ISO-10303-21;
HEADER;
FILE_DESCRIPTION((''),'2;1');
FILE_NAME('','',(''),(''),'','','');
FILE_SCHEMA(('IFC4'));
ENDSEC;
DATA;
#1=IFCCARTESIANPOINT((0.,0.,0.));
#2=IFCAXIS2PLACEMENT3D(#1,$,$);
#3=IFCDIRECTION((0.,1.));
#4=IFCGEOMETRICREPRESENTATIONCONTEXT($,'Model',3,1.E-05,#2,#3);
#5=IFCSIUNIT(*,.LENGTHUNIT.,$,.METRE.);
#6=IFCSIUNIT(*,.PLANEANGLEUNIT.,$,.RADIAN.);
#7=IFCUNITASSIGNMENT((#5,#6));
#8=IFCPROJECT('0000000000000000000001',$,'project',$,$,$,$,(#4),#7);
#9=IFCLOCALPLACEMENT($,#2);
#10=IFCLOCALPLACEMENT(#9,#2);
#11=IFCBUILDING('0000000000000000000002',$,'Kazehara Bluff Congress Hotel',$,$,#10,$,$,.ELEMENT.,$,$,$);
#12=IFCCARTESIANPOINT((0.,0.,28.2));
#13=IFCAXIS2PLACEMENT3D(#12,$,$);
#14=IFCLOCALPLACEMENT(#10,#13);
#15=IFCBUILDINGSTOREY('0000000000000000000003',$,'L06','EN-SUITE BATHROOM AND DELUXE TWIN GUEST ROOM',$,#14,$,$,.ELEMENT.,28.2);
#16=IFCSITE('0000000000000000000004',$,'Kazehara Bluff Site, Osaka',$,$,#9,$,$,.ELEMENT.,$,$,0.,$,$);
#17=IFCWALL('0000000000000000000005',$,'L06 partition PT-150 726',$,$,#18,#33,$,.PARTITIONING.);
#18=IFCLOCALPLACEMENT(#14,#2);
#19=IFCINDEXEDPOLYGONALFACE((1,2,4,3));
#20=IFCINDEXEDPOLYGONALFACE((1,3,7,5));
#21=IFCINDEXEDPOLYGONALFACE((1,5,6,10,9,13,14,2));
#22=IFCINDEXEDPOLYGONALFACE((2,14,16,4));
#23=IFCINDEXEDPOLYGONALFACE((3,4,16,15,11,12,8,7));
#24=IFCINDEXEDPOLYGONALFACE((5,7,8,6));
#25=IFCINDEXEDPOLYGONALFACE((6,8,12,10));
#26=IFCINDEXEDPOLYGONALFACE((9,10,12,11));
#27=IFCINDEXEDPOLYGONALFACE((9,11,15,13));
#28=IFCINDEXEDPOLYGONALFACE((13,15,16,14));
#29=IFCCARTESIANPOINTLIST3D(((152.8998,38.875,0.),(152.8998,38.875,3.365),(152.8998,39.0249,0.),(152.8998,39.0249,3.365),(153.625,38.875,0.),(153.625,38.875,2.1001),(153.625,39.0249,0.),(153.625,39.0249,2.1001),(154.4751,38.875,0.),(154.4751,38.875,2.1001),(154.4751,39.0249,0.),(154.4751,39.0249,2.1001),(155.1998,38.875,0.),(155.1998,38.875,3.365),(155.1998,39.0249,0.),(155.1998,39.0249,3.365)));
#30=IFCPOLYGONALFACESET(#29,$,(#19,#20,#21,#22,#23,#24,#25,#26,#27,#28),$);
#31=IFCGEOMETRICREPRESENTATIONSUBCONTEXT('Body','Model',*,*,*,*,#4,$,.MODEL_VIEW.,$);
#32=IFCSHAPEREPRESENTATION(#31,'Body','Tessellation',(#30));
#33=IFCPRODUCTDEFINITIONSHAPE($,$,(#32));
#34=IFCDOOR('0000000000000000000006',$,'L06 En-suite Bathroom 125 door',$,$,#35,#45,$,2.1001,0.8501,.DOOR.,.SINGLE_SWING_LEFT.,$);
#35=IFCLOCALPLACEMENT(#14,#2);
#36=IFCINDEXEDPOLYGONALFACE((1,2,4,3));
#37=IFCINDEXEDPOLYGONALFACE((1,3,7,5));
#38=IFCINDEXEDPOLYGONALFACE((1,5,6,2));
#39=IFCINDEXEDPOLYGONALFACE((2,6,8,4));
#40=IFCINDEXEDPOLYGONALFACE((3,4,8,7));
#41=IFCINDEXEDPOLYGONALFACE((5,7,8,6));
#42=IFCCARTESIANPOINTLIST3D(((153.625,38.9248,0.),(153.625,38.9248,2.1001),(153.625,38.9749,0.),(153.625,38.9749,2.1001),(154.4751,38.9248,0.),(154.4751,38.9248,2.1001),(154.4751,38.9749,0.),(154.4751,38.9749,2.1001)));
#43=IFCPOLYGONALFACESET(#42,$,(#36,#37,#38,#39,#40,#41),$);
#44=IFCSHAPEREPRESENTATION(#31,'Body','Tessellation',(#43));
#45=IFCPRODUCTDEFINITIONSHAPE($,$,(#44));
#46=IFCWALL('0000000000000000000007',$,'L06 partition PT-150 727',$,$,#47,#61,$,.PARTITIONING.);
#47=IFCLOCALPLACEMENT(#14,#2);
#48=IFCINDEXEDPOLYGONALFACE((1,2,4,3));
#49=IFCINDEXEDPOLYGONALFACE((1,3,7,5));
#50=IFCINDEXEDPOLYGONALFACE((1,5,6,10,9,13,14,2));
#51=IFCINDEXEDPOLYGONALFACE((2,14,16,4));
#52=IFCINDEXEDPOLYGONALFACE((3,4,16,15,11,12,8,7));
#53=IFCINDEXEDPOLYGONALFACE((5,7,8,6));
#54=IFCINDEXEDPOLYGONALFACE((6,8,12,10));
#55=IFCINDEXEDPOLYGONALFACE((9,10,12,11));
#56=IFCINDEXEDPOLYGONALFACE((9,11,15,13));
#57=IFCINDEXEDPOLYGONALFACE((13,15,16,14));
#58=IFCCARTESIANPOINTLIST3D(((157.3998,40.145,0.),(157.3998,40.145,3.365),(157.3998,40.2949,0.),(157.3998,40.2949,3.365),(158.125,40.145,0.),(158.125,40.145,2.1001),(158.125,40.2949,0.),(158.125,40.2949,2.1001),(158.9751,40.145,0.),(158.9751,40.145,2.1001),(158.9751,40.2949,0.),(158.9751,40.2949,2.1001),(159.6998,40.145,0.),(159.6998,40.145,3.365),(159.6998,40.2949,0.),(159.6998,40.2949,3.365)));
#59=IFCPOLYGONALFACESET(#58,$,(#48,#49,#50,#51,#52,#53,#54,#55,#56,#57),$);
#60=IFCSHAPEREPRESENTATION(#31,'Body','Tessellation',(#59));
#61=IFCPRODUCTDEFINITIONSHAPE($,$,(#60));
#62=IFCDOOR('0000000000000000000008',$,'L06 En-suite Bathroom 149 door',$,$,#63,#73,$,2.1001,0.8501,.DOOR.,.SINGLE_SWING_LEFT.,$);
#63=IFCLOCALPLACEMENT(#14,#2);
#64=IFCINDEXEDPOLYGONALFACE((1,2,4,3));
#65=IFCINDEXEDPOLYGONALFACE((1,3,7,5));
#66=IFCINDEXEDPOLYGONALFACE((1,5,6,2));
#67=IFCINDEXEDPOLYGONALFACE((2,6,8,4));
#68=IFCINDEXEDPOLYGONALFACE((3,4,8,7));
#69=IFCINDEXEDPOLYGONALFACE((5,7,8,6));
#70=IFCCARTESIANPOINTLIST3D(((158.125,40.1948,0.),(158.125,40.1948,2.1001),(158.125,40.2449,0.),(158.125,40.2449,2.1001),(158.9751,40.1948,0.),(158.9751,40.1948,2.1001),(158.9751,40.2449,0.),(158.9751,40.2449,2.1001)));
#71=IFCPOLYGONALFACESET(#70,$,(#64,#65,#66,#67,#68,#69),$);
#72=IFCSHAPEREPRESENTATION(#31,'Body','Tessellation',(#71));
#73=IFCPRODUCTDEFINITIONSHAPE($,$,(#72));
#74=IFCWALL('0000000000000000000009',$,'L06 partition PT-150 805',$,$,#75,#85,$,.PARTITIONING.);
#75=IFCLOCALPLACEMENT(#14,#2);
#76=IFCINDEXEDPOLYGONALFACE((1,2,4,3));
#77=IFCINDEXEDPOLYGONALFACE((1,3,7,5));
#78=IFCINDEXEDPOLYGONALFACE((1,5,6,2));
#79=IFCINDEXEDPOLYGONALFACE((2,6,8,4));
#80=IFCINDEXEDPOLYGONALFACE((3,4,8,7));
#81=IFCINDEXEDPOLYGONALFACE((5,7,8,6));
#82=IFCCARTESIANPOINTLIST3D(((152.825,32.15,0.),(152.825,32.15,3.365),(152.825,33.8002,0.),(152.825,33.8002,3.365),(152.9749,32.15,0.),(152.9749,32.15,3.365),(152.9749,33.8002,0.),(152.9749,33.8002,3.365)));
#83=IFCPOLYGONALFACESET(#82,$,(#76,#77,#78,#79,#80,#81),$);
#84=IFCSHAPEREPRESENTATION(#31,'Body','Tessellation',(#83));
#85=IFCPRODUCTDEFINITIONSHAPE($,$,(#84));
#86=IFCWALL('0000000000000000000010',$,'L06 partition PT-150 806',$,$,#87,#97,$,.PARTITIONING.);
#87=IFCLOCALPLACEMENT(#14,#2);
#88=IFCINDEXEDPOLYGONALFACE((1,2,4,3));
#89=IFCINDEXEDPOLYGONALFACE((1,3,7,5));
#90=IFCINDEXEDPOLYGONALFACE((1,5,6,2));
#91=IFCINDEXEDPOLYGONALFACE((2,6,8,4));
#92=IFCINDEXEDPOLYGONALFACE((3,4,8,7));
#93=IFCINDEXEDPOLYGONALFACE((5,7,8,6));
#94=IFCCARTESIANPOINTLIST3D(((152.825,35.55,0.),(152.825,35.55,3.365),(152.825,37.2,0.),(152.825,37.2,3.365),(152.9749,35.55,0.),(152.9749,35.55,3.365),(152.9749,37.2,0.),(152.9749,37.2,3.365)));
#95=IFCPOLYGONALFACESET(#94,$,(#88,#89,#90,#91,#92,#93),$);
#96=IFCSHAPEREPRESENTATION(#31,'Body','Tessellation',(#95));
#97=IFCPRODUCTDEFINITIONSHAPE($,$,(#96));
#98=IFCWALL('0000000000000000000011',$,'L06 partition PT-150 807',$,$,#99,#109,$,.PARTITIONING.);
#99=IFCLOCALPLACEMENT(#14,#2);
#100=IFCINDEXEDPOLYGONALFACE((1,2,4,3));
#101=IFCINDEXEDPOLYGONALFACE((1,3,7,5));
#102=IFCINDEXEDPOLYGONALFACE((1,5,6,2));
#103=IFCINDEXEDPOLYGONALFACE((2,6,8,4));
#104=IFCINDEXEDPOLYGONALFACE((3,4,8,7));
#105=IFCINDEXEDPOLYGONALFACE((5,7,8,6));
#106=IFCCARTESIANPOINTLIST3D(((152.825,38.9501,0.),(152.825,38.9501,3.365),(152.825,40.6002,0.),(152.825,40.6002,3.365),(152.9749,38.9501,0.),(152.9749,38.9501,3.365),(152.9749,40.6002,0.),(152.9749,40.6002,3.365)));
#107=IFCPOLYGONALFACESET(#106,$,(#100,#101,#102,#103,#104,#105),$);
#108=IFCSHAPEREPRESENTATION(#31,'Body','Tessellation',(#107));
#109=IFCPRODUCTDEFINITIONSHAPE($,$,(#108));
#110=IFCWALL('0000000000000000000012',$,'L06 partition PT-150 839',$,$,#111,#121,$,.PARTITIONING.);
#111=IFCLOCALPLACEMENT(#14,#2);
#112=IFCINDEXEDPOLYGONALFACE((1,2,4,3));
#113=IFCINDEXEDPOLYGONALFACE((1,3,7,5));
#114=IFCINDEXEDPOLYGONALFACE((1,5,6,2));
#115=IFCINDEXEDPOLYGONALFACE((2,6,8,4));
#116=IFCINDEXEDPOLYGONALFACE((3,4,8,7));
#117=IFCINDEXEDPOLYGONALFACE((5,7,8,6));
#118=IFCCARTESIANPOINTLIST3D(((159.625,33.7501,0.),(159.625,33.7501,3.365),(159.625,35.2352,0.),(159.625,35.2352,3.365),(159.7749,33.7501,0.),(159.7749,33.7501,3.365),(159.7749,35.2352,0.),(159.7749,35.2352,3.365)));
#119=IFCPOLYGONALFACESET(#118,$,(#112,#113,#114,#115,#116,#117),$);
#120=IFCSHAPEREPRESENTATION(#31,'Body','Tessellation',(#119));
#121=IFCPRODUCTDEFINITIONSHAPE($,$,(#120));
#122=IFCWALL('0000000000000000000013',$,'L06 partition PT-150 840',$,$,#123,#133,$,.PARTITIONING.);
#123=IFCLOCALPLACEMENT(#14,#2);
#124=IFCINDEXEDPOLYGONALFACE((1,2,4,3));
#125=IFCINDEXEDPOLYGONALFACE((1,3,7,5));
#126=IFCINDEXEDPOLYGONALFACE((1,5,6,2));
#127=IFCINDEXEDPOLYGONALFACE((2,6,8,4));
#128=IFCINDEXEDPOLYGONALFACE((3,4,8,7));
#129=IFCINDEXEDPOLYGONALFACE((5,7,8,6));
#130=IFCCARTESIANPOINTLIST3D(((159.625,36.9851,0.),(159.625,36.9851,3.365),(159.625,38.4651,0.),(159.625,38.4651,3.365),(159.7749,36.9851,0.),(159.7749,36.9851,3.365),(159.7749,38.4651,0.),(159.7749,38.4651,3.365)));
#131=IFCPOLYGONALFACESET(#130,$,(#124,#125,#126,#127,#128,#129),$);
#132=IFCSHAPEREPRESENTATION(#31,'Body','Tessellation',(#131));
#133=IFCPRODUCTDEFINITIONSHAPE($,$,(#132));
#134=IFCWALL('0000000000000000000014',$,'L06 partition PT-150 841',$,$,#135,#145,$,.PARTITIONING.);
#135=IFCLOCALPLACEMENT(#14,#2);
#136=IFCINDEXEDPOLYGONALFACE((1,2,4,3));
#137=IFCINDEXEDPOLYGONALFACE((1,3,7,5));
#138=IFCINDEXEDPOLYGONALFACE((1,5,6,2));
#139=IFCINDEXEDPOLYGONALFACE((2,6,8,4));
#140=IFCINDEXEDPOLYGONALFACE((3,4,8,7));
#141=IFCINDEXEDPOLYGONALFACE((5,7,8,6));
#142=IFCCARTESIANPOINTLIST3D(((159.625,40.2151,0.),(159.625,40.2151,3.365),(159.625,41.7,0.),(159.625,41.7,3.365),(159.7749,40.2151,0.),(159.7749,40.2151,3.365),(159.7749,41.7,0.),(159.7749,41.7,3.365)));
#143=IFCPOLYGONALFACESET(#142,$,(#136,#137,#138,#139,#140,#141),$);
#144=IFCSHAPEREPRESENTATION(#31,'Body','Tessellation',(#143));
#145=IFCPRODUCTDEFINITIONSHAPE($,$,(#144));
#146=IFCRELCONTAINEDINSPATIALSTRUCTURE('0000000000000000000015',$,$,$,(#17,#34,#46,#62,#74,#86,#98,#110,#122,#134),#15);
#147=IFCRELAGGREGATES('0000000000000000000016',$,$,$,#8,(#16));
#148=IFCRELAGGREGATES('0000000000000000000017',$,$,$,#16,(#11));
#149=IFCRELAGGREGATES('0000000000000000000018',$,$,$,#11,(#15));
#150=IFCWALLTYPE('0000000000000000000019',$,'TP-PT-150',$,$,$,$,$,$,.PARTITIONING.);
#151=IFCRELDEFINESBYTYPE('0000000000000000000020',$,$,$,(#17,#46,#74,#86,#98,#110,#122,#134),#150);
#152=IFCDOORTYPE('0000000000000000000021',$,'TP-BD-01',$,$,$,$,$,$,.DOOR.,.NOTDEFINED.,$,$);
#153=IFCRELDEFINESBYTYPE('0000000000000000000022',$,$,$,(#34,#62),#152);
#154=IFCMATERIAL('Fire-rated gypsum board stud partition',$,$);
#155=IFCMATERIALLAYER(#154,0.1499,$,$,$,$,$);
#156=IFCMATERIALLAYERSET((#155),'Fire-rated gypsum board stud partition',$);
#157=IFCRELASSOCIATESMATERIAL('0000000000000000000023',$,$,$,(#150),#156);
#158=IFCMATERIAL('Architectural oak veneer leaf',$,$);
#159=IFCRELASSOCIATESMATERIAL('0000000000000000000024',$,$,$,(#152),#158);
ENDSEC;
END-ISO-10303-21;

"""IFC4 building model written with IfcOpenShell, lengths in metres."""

from ifc_helpers import new_model, si_unit, direction, frame, frame_2d, origin, place, context, subcontext, project, spatial, rectangle, extrude, material, layer, layer_set, type_object, element, fill, save


model = new_model("IFC4")

# Units and contexts
model_context = context("Model", 3, precision=1e-05, world=origin(), true_north=direction((0.0, 1.0)))
body_context = subcontext(model_context, "Body", "Model", "MODEL_VIEW")
ifc_project = project(units=[si_unit("LENGTHUNIT", "METRE"), si_unit("PLANEANGLEUNIT", "RADIAN")], contexts=[model_context])

# Site, building, storey
site_placement = place(None, origin())
site = spatial("IfcSite", under=ifc_project, at=site_placement, Name="Kazehara Bluff Site, Osaka", CompositionType="ELEMENT", RefElevation=0.0)
building_placement = place(site_placement, origin())
building = spatial("IfcBuilding", under=site, at=building_placement, Name="Kazehara Bluff Congress Hotel", CompositionType="ELEMENT")
storey_placement = place(building_placement, frame((0.0, 0.0, 28.2)))
storey = spatial("IfcBuildingStorey", under=building, at=storey_placement, Name="L06", Description="EN-SUITE BATHROOM AND DELUXE TWIN GUEST ROOM", CompositionType="ELEMENT", Elevation=28.2)

# Shared definitions
ifc_material_1 = material(Name="Fire-rated gypsum board stud partition")
ifc_layer = layer(ifc_material_1, 0.1499)
ifc_layer_set = layer_set([ifc_layer], Name="Fire-rated gypsum board stud partition")
wall_type = type_object("IfcWallType", Name="TP-PT-150", PredefinedType="PARTITIONING", material=ifc_layer_set)

# Shared definitions
ifc_material_2 = material(Name="Architectural oak veneer leaf")
door_type = type_object("IfcDoorType", Name="TP-BD-01", OperationType="NOTDEFINED", PredefinedType="DOOR", material=ifc_material_2)

# Walls, openings, doors
wall_1_placement = place(storey_placement, frame((152.8999, 38.95, 0.0), z_axis=(0.0, 0.0, 1.0), x_axis=(1.0, 0.0, 0.0)))
wall_1 = element("IfcWall", 1, at=wall_1_placement, inside=storey, type_object=wall_type, Name="L06 partition PT-150 726", PredefinedType="PARTITIONING", context=body_context, shape_type="SweptSolid", body=[
    extrude(rectangle(XDim=2.3, YDim=0.1499, at=frame_2d((1.1499, 0.0))), origin(), (0.0, 0.0, 1.0), 3.365),
])
opening_1_placement = place(wall_1_placement, frame((0.7251, 0.0, 0.0)))
opening_1 = element("IfcOpeningElement", 2, at=opening_1_placement, cuts=wall_1, PredefinedType="OPENING", context=body_context, shape_type="SweptSolid", body=[
    extrude(rectangle(XDim=0.8501, YDim=2.1001, at=frame_2d((0.425, 1.05))), frame((0.0, 0.085, 0.0), z_axis=(0.0, -1.0, 0.0), x_axis=(1.0, 0.0, 0.0)), (0.0, 0.0, 1.0), 0.1699),
])
door_1_placement = place(opening_1_placement, origin())
door_1 = element("IfcDoor", 3, at=door_1_placement, inside=storey, type_object=door_type, Name="L06 En-suite Bathroom 125 door", OperationType="SINGLE_SWING_LEFT", OverallHeight=2.1001, OverallWidth=0.8501, PredefinedType="DOOR", context=body_context, shape_type="SweptSolid", body=[
    extrude(rectangle(XDim=0.8501, YDim=2.1001, at=frame_2d((0.425, 1.05))), frame((0.0, 0.0249, 0.0), z_axis=(0.0, -1.0, 0.0), x_axis=(1.0, 0.0, 0.0)), (0.0, 0.0, 1.0), 0.05),
])
fill(opening_1, door_1)
wall_2_placement = place(storey_placement, frame((157.3999, 40.22, 0.0), z_axis=(0.0, 0.0, 1.0), x_axis=(1.0, 0.0, 0.0)))
wall_2 = element("IfcWall", 4, at=wall_2_placement, inside=storey, type_object=wall_type, Name="L06 partition PT-150 727", PredefinedType="PARTITIONING", context=body_context, shape_type="SweptSolid", body=[
    extrude(rectangle(XDim=2.3, YDim=0.1499, at=frame_2d((1.1499, 0.0))), origin(), (0.0, 0.0, 1.0), 3.365),
])
opening_2_placement = place(wall_2_placement, frame((0.7251, 0.0, 0.0)))
opening_2 = element("IfcOpeningElement", 5, at=opening_2_placement, cuts=wall_2, PredefinedType="OPENING", context=body_context, shape_type="SweptSolid", body=[
    extrude(rectangle(XDim=0.8501, YDim=2.1001, at=frame_2d((0.425, 1.05))), frame((0.0, 0.085, 0.0), z_axis=(0.0, -1.0, 0.0), x_axis=(1.0, 0.0, 0.0)), (0.0, 0.0, 1.0), 0.1699),
])
door_2_placement = place(opening_2_placement, origin())
door_2 = element("IfcDoor", 6, at=door_2_placement, inside=storey, type_object=door_type, Name="L06 En-suite Bathroom 149 door", OperationType="SINGLE_SWING_LEFT", OverallHeight=2.1001, OverallWidth=0.8501, PredefinedType="DOOR", context=body_context, shape_type="SweptSolid", body=[
    extrude(rectangle(XDim=0.8501, YDim=2.1001, at=frame_2d((0.425, 1.05))), frame((0.0, 0.0249, 0.0), z_axis=(0.0, -1.0, 0.0), x_axis=(1.0, 0.0, 0.0)), (0.0, 0.0, 1.0), 0.05),
])
fill(opening_2, door_2)

# Walls
wall_3_placement = place(storey_placement, frame((152.8999, 32.1499, 0.0), z_axis=(0.0, 0.0, 1.0), x_axis=(0.0, 1.0, 0.0)))
element("IfcWall", 7, at=wall_3_placement, inside=storey, type_object=wall_type, Name="L06 partition PT-150 805", PredefinedType="PARTITIONING", context=body_context, shape_type="SweptSolid", body=[
    extrude(rectangle(XDim=1.6501, YDim=0.1499, at=frame_2d((0.8252, 0.0))), origin(), (0.0, 0.0, 1.0), 3.365),
])
wall_4_placement = place(storey_placement, frame((152.8999, 35.55, 0.0), z_axis=(0.0, 0.0, 1.0), x_axis=(0.0, 1.0, 0.0)))
element("IfcWall", 8, at=wall_4_placement, inside=storey, type_object=wall_type, Name="L06 partition PT-150 806", PredefinedType="PARTITIONING", context=body_context, shape_type="SweptSolid", body=[
    extrude(rectangle(XDim=1.6499, YDim=0.1499, at=frame_2d((0.825, 0.0))), origin(), (0.0, 0.0, 1.0), 3.365),
])
wall_5_placement = place(storey_placement, frame((152.8999, 38.95, 0.0), z_axis=(0.0, 0.0, 1.0), x_axis=(0.0, 1.0, 0.0)))
element("IfcWall", 9, at=wall_5_placement, inside=storey, type_object=wall_type, Name="L06 partition PT-150 807", PredefinedType="PARTITIONING", context=body_context, shape_type="SweptSolid", body=[
    extrude(rectangle(XDim=1.6501, YDim=0.1499, at=frame_2d((0.8252, 0.0))), origin(), (0.0, 0.0, 1.0), 3.365),
])
wall_6_placement = place(storey_placement, frame((159.7, 33.75, 0.0), z_axis=(0.0, 0.0, 1.0), x_axis=(0.0, 1.0, 0.0)))
element("IfcWall", 10, at=wall_6_placement, inside=storey, type_object=wall_type, Name="L06 partition PT-150 839", PredefinedType="PARTITIONING", context=body_context, shape_type="SweptSolid", body=[
    extrude(rectangle(XDim=1.4851, YDim=0.1499, at=frame_2d((0.7427, 0.0))), origin(), (0.0, 0.0, 1.0), 3.365),
])
wall_7_placement = place(storey_placement, frame((159.7, 36.9851, 0.0), z_axis=(0.0, 0.0, 1.0), x_axis=(0.0, 1.0, 0.0)))
element("IfcWall", 11, at=wall_7_placement, inside=storey, type_object=wall_type, Name="L06 partition PT-150 840", PredefinedType="PARTITIONING", context=body_context, shape_type="SweptSolid", body=[
    extrude(rectangle(XDim=1.48, YDim=0.1499, at=frame_2d((0.74, 0.0))), origin(), (0.0, 0.0, 1.0), 3.365),
])
wall_8_placement = place(storey_placement, frame((159.7, 40.2151, 0.0), z_axis=(0.0, 0.0, 1.0), x_axis=(0.0, 1.0, 0.0)))
element("IfcWall", 12, at=wall_8_placement, inside=storey, type_object=wall_type, Name="L06 partition PT-150 841", PredefinedType="PARTITIONING", context=body_context, shape_type="SweptSolid", body=[
    extrude(rectangle(XDim=1.4849, YDim=0.1499, at=frame_2d((0.7424, 0.0))), origin(), (0.0, 0.0, 1.0), 3.365),
])

save(model, "model.ifc")
